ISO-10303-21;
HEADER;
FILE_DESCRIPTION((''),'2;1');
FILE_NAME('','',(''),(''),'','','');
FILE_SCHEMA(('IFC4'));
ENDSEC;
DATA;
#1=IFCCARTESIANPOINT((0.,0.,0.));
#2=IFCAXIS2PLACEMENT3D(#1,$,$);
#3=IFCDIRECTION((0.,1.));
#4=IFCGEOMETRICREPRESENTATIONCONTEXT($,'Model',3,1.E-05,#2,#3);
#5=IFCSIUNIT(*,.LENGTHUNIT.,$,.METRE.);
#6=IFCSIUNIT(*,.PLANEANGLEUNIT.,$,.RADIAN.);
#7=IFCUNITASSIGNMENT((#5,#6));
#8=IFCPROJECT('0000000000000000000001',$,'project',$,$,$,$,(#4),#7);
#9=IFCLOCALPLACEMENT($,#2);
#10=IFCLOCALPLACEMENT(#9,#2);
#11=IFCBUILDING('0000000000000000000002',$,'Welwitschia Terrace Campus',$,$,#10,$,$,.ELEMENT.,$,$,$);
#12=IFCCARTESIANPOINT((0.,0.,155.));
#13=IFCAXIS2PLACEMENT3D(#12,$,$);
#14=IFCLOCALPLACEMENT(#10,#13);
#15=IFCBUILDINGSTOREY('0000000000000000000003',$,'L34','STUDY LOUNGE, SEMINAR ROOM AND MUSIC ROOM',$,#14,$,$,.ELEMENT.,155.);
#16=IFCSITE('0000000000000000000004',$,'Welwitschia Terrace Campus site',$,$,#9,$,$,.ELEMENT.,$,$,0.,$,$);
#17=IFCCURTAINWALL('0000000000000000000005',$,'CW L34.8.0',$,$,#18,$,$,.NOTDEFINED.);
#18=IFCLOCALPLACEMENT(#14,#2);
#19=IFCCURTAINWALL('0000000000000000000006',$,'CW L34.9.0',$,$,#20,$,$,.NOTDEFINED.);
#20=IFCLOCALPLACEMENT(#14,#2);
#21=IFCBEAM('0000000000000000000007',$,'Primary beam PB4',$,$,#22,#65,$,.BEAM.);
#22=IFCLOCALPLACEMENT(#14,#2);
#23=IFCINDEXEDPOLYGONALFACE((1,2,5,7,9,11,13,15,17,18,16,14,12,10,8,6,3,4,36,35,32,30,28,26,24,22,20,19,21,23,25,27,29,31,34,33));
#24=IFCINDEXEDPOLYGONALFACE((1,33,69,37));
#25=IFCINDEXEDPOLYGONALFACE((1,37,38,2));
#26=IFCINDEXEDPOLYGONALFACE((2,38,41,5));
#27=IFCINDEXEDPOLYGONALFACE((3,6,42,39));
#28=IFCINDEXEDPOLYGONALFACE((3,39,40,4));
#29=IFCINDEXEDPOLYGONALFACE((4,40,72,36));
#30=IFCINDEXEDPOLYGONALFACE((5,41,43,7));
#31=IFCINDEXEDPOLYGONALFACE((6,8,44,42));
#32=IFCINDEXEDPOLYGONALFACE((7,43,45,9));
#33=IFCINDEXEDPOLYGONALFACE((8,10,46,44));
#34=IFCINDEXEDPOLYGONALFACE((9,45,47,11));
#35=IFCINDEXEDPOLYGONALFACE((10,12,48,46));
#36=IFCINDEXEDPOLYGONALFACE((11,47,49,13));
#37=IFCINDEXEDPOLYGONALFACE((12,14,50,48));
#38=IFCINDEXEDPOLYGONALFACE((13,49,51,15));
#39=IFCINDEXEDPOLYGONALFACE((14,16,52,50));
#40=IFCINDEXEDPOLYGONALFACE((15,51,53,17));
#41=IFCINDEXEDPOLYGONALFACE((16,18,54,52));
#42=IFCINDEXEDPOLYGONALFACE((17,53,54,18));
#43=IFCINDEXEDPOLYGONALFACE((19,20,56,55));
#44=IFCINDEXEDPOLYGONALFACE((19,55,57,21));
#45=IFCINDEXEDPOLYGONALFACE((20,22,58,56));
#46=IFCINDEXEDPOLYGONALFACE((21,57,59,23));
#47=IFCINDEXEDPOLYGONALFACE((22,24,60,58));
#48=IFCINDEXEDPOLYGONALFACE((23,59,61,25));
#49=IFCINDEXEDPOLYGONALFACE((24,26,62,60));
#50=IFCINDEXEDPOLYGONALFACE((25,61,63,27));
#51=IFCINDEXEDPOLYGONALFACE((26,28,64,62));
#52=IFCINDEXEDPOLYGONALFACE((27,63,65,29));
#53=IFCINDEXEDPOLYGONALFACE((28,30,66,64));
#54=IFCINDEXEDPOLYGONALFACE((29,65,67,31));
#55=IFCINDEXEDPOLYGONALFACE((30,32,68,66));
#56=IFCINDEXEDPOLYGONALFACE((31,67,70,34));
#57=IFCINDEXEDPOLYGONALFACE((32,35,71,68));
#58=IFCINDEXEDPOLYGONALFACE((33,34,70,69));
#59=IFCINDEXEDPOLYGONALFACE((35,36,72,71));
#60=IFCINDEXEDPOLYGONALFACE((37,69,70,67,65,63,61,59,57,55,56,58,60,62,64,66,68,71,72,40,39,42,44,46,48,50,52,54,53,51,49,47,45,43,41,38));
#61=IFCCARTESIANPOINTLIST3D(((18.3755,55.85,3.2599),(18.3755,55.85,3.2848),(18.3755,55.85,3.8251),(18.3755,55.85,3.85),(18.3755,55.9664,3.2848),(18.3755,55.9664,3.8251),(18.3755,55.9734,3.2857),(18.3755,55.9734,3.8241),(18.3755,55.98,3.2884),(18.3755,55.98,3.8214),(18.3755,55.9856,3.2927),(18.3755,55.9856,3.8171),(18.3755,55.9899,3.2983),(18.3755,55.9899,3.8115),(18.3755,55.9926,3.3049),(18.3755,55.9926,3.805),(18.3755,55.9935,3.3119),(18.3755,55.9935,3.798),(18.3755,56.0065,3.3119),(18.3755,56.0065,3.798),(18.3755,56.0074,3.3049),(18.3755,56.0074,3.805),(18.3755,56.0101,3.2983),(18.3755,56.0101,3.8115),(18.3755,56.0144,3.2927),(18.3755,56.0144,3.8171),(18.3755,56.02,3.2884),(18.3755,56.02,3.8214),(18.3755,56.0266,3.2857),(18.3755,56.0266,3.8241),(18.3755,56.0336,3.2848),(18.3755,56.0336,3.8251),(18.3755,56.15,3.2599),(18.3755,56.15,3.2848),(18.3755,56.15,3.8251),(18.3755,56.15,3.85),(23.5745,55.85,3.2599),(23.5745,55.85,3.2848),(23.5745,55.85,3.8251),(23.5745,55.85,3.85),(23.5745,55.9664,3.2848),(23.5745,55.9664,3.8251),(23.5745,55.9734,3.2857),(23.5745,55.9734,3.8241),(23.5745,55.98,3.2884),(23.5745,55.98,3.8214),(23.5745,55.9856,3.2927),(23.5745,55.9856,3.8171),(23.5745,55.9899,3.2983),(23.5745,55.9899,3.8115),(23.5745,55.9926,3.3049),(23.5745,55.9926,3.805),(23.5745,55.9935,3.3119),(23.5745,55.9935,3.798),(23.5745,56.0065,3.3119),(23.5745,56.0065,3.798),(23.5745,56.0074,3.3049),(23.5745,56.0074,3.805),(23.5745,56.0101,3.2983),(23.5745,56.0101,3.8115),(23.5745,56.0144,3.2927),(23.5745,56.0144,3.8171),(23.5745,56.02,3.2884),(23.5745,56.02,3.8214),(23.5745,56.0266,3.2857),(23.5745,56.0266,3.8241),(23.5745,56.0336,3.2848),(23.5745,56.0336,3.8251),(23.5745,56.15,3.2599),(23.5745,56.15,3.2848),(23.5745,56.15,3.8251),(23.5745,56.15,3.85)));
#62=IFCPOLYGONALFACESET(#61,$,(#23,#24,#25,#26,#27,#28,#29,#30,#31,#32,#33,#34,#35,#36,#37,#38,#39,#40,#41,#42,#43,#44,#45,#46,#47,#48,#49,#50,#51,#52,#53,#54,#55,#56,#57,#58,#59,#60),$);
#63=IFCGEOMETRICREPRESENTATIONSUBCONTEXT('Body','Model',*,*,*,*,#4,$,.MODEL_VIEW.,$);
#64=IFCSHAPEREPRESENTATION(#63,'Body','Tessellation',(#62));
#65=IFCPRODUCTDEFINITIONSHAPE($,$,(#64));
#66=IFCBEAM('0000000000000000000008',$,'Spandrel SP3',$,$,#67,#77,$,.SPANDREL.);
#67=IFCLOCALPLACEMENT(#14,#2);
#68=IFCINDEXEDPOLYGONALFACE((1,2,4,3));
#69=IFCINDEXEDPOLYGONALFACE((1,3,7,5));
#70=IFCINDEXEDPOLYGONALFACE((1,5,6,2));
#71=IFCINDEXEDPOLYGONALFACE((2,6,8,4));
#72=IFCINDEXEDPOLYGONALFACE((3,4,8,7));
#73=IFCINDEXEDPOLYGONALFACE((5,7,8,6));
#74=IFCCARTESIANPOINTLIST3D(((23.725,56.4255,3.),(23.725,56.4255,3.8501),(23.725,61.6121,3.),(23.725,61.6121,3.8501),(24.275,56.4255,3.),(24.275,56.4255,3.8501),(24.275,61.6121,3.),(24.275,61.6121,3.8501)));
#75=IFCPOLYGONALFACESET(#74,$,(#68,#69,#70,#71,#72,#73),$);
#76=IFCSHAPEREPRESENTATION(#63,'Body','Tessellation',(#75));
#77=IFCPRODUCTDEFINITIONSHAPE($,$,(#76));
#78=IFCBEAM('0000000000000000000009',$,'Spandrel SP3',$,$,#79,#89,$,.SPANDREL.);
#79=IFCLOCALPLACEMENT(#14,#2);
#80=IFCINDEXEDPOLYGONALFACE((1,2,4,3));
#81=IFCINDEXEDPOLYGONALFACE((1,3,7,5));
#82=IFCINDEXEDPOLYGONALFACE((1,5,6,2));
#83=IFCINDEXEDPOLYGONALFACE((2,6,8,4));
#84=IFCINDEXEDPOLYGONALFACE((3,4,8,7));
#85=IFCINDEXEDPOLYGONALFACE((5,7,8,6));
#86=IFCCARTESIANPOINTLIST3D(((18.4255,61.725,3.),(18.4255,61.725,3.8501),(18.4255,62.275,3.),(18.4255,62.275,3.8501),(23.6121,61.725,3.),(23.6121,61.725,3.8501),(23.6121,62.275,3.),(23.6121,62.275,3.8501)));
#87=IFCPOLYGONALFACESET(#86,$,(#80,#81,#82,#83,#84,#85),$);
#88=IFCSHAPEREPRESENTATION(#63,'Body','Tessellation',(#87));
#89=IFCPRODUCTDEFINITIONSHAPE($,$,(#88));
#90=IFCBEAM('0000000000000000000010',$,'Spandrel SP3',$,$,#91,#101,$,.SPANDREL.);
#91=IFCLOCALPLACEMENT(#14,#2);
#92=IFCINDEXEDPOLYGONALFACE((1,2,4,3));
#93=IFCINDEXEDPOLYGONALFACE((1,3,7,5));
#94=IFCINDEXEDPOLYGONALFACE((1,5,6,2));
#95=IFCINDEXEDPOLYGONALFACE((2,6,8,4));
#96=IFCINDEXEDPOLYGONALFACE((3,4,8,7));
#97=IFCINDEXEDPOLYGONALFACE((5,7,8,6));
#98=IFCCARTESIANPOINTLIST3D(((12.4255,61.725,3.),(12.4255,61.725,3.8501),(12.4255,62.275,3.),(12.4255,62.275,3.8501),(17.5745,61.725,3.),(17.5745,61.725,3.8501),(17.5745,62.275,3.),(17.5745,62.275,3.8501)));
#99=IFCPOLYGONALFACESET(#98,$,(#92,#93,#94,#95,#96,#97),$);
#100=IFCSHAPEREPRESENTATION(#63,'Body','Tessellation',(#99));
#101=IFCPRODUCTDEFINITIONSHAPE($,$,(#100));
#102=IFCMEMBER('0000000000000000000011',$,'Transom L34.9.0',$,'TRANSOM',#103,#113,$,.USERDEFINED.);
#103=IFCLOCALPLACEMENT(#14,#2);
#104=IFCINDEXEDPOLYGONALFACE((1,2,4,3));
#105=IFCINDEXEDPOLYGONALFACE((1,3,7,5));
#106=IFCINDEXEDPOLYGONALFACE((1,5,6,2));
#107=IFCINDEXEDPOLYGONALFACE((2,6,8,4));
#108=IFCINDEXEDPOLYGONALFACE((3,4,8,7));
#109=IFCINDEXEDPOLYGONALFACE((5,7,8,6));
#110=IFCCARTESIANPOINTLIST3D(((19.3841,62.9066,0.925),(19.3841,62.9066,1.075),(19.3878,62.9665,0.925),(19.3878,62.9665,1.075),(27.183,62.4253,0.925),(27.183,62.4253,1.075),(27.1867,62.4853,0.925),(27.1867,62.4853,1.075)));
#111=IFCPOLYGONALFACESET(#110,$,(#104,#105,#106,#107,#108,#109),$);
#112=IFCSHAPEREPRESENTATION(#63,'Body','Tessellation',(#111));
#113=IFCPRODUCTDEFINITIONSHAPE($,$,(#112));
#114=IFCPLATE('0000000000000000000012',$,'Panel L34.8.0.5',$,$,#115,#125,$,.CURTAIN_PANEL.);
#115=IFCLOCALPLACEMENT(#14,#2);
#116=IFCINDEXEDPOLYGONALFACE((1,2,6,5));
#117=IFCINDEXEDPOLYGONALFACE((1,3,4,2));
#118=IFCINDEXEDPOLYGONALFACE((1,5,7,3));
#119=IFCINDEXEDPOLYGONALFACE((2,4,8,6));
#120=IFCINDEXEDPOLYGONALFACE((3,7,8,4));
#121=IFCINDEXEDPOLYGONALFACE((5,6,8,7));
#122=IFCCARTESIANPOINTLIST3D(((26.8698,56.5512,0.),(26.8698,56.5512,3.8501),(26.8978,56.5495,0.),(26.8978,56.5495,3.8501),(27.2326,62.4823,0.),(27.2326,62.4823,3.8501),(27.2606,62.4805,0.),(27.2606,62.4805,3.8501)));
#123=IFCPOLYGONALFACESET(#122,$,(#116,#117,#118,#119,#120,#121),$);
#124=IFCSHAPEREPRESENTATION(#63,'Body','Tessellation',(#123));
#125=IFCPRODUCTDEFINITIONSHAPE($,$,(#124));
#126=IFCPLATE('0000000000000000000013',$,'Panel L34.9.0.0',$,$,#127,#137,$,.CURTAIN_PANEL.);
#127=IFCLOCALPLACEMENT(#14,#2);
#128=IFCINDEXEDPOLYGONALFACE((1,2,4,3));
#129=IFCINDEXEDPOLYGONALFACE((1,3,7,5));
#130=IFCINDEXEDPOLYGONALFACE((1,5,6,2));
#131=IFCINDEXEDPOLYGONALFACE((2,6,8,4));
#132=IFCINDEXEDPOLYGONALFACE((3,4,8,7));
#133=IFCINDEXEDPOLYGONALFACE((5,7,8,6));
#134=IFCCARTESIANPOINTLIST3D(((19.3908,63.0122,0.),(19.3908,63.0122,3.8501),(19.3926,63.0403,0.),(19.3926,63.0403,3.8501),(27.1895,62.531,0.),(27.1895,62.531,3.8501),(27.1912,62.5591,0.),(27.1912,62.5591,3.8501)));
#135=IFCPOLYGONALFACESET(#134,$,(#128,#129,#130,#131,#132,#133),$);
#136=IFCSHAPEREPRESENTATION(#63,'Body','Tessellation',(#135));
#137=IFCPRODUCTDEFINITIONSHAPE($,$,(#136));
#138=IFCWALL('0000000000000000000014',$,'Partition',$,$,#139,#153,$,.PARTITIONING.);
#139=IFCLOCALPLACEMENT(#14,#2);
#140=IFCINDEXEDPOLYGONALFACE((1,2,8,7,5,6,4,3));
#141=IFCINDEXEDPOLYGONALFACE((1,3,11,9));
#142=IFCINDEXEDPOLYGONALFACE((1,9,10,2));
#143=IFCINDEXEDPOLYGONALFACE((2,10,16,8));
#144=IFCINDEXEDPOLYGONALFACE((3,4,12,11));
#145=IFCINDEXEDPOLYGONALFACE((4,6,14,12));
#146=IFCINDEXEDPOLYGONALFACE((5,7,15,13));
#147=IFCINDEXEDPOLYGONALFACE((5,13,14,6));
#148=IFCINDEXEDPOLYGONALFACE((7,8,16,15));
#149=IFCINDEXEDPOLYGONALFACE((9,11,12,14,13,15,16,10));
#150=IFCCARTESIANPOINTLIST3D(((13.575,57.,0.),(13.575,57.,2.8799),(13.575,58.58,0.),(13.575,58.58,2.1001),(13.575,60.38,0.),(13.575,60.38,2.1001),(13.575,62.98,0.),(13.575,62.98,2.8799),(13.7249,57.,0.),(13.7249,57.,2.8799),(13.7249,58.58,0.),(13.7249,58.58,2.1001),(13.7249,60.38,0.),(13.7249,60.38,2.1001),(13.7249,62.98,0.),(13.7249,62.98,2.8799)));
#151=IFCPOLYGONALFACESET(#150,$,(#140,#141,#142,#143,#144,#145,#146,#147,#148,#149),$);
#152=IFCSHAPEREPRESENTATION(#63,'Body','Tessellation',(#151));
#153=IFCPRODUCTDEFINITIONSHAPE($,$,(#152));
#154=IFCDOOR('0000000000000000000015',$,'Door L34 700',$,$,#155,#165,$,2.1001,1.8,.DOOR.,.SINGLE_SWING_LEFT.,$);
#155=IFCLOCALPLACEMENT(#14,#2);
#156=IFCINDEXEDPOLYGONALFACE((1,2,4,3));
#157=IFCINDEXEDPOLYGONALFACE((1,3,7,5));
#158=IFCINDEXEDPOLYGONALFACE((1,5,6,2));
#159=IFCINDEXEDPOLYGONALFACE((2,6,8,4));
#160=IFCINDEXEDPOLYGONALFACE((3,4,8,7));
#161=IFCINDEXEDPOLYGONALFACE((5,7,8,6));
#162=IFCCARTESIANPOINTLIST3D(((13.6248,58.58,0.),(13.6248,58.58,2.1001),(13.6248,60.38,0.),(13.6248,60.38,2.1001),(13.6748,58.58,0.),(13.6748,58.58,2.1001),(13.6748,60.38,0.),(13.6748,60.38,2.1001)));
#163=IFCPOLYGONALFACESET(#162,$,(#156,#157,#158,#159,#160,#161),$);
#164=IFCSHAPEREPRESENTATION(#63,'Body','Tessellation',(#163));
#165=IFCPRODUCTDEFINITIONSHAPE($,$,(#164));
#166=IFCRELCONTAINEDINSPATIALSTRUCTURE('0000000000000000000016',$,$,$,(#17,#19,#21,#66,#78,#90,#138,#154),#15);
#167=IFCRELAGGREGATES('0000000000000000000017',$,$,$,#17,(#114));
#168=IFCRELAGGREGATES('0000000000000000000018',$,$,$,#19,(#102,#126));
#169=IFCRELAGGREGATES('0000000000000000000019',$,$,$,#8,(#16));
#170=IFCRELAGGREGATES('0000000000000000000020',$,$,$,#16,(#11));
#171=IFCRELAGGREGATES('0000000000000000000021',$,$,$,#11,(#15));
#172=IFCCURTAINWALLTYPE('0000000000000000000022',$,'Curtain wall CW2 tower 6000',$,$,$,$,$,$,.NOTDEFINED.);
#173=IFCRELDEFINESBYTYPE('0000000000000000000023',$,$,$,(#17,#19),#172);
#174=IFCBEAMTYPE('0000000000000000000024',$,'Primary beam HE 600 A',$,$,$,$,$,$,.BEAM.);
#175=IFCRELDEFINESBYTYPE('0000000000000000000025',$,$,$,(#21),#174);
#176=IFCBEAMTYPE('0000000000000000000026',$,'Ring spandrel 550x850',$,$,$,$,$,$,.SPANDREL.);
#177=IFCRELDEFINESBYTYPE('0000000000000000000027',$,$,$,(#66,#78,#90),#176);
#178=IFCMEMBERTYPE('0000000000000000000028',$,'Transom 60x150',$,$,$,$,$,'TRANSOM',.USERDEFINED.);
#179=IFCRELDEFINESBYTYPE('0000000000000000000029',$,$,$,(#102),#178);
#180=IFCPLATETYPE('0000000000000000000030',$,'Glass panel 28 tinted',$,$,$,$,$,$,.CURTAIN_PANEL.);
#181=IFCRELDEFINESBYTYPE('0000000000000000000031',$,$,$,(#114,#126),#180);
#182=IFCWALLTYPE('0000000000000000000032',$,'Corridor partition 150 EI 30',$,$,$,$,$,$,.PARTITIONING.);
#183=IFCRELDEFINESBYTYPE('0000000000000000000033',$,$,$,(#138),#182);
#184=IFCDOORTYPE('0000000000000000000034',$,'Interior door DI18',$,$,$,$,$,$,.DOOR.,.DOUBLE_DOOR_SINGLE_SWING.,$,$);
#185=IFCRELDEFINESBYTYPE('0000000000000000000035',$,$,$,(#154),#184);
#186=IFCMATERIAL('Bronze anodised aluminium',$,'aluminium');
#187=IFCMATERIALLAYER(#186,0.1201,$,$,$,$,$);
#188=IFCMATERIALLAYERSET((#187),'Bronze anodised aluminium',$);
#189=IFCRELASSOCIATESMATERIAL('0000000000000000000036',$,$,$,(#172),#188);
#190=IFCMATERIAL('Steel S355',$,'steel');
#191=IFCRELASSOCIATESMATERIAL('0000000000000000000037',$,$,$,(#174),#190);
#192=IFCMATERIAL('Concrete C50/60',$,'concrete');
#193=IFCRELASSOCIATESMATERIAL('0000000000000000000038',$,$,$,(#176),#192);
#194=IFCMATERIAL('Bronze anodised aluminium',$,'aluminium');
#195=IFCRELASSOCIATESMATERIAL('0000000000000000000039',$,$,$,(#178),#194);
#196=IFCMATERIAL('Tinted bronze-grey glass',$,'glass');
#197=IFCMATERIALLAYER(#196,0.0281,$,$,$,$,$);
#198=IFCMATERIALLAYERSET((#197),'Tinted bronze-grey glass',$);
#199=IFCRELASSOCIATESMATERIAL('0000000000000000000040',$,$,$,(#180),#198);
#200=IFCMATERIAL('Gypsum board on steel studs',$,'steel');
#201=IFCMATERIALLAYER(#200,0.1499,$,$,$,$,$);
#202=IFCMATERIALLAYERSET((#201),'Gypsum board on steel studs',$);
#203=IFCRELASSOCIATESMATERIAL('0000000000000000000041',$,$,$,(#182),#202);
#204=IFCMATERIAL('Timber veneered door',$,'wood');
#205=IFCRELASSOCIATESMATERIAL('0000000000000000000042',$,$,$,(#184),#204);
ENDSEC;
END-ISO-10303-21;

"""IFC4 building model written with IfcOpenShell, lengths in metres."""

from ifc_helpers import new_model, si_unit, direction, frame, frame_2d, origin, origin_2d, place, context, subcontext, project, spatial, rectangle, i_section, extrude, material, layer, layer_set, material_profile, profile_set, type_object, element, fill, aggregate, save


model = new_model("IFC4")

# Units and contexts
model_context = context("Model", 3, precision=1e-05, world=origin(), true_north=direction((0.0, 1.0)))
body_context = subcontext(model_context, "Body", "Model", "MODEL_VIEW")
ifc_project = project(units=[si_unit("LENGTHUNIT", "METRE"), si_unit("PLANEANGLEUNIT", "RADIAN")], contexts=[model_context])

# Site, building, storey
site_placement = place(None, origin())
site = spatial("IfcSite", under=ifc_project, at=site_placement, Name="Welwitschia Terrace Campus site", CompositionType="ELEMENT", RefElevation=0.0)
building_placement = place(site_placement, origin())
building = spatial("IfcBuilding", under=site, at=building_placement, Name="Welwitschia Terrace Campus", CompositionType="ELEMENT")
storey_placement = place(building_placement, frame((0.0, 0.0, 155.0)))
storey = spatial("IfcBuildingStorey", under=building, at=storey_placement, Name="L34", Description="STUDY LOUNGE, SEMINAR ROOM AND MUSIC ROOM", CompositionType="ELEMENT", Elevation=155.0)

# Curtain walls
ifc_material_1 = material(Name="Bronze anodised aluminium", Category="aluminium")
ifc_layer_1 = layer(ifc_material_1, 0.1201)
ifc_layer_set_1 = layer_set([ifc_layer_1], Name="Bronze anodised aluminium")
curtain_wall_type = type_object("IfcCurtainWallType", Name="Curtain wall CW2 tower 6000", PredefinedType="NOTDEFINED", material=ifc_layer_set_1)
curtain_wall_1_placement = place(storey_placement, origin())
curtain_wall_1 = element("IfcCurtainWall", 1, at=curtain_wall_1_placement, inside=storey, type_object=curtain_wall_type, Name="CW L34.8.0", PredefinedType="NOTDEFINED")
curtain_wall_2_placement = place(storey_placement, origin())
curtain_wall_2 = element("IfcCurtainWall", 2, at=curtain_wall_2_placement, inside=storey, type_object=curtain_wall_type, Name="CW L34.9.0", PredefinedType="NOTDEFINED")

# Beams
ifc_material_2 = material(Name="Steel S355", Category="steel")
ifc_material_profile_1 = material_profile(ifc_material_2, i_section(OverallWidth=0.3, OverallDepth=0.5901, WebThickness=0.0129, FlangeThickness=0.0249, FilletRadius=0.0271, at=origin_2d()))
ifc_profile_set_1 = profile_set([ifc_material_profile_1], Name="Steel S355")
beam_type_1 = type_object("IfcBeamType", Name="Primary beam HE 600 A", PredefinedType="BEAM", material=ifc_profile_set_1)
beam_1_placement = place(storey_placement, frame((23.5745, 56.0, 3.5549), z_axis=(-1.0, 0.0, 0.0), x_axis=(0.0, -1.0, 0.0)))
element("IfcBeam", 3, at=beam_1_placement, inside=storey, type_object=beam_type_1, Name="Primary beam PB4", PredefinedType="BEAM", context=body_context, shape_type="SweptSolid", body=[
    extrude(i_section(OverallWidth=0.3, OverallDepth=0.5901, WebThickness=0.0129, FlangeThickness=0.0249, FilletRadius=0.0271, at=origin_2d()), origin(), (0.0, 0.0, 1.0), 5.199),
])
ifc_material_3 = material(Name="Concrete C50/60", Category="concrete")
ifc_material_profile_2 = material_profile(ifc_material_3, rectangle(XDim=0.55, YDim=0.8501, at=origin_2d()))
ifc_profile_set_2 = profile_set([ifc_material_profile_2], Name="Concrete C50/60")
beam_type_2 = type_object("IfcBeamType", Name="Ring spandrel 550x850", PredefinedType="SPANDREL", material=ifc_profile_set_2)
for number, where, z_axis, x_axis, name in (
    (4, (24.0, 56.4255, 3.425), (0.0, 1.0, 0.0), (-1.0, 0.0, 0.0), "Spandrel SP3"),
    (5, (23.6121, 62.0, 3.425), (-1.0, 0.0, 0.0), (0.0, -1.0, 0.0), "Spandrel SP3"),
):
    element("IfcBeam", number, at=place(storey_placement, frame(where, z_axis=z_axis, x_axis=x_axis)), inside=storey, type_object=beam_type_2, Name=name, PredefinedType="SPANDREL", context=body_context, shape_type="SweptSolid", body=[
        extrude(rectangle(XDim=0.55, YDim=0.8501, at=origin_2d()), origin(), (0.0, 0.0, 1.0), 5.1865),
    ])
beam_2_placement = place(storey_placement, frame((17.5745, 62.0, 3.425), z_axis=(-1.0, 0.0, 0.0), x_axis=(0.0, -1.0, 0.0)))
element("IfcBeam", 6, at=beam_2_placement, inside=storey, type_object=beam_type_2, Name="Spandrel SP3", PredefinedType="SPANDREL", context=body_context, shape_type="SweptSolid", body=[
    extrude(rectangle(XDim=0.55, YDim=0.8501, at=origin_2d()), origin(), (0.0, 0.0, 1.0), 5.1489),
])

# Member
ifc_material_4 = material(Name="Bronze anodised aluminium", Category="aluminium")
ifc_material_profile_3 = material_profile(ifc_material_4, rectangle(XDim=0.0601, YDim=0.1499, at=origin_2d()))
ifc_profile_set_3 = profile_set([ifc_material_profile_3], Name="Bronze anodised aluminium")
member_type_1 = type_object("IfcMemberType", Name="Transom 60x150", ElementType="TRANSOM", PredefinedType="USERDEFINED", material=ifc_profile_set_3)
member_1_placement = place(storey_placement, frame((27.1848, 62.4553, 1.0), z_axis=(-0.998102, 0.061585, 0.0), x_axis=(-0.061585, -0.998102, 0.0)))
member_1 = element("IfcMember", 7, at=member_1_placement, type_object=member_type_1, Name="Transom L34.9.0", ObjectType="TRANSOM", PredefinedType="USERDEFINED", context=body_context, shape_type="SweptSolid", body=[
    extrude(rectangle(XDim=0.0601, YDim=0.1499, at=origin_2d()), origin(), (0.0, 0.0, 1.0), 7.8137),
])

# Plates
ifc_material_5 = material(Name="Tinted bronze-grey glass", Category="glass")
ifc_layer_2 = layer(ifc_material_5, 0.0281)
ifc_layer_set_2 = layer_set([ifc_layer_2], Name="Tinted bronze-grey glass")
plate_type = type_object("IfcPlateType", Name="Glass panel 28 tinted", PredefinedType="CURTAIN_PANEL", material=ifc_layer_set_2)
plate_1_placement = place(storey_placement, frame((27.0652, 59.5159, 0.0), z_axis=(0.0, 0.0, 1.0), x_axis=(0.061049, 0.998135, 0.0)))
plate_1 = element("IfcPlate", 8, at=plate_1_placement, type_object=plate_type, Name="Panel L34.8.0.5", PredefinedType="CURTAIN_PANEL", context=body_context, shape_type="SweptSolid", body=[
    extrude(rectangle(XDim=5.9421, YDim=0.0281, at=origin_2d()), origin(), (0.0, 0.0, 1.0), 3.8501),
])
aggregate(curtain_wall_1, [plate_1])
plate_2_placement = place(storey_placement, frame((23.291, 62.7856, 0.0), z_axis=(0.0, 0.0, 1.0), x_axis=(-0.998102, 0.061586, 0.0)))
plate_2 = element("IfcPlate", 9, at=plate_2_placement, type_object=plate_type, Name="Panel L34.9.0.0", PredefinedType="CURTAIN_PANEL", context=body_context, shape_type="SweptSolid", body=[
    extrude(rectangle(XDim=7.8135, YDim=0.0281, at=origin_2d()), origin(), (0.0, 0.0, 1.0), 3.8501),
])
aggregate(curtain_wall_2, [member_1, plate_2])

# Wall, opening, door
ifc_material_6 = material(Name="Gypsum board on steel studs", Category="steel")
ifc_layer_3 = layer(ifc_material_6, 0.1499)
ifc_layer_set_3 = layer_set([ifc_layer_3], Name="Gypsum board on steel studs")
wall_type_1 = type_object("IfcWallType", Name="Corridor partition 150 EI 30", PredefinedType="PARTITIONING", material=ifc_layer_set_3)
wall_1_placement = place(storey_placement, frame((13.6499, 62.98, 0.0), z_axis=(0.0, 0.0, 1.0), x_axis=(0.0, -1.0, 0.0)))
wall_1 = element("IfcWall", 10, at=wall_1_placement, inside=storey, type_object=wall_type_1, Name="Partition", PredefinedType="PARTITIONING", context=body_context, shape_type="SweptSolid", body=[
    extrude(rectangle(XDim=5.98, YDim=0.1499, at=frame_2d((2.99, 0.0))), origin(), (0.0, 0.0, 1.0), 2.8799),
])
opening_1_placement = place(wall_1_placement, frame((2.6001, 0.0, 0.0)))
opening_1 = element("IfcOpeningElement", 11, at=opening_1_placement, cuts=wall_1, PredefinedType="OPENING", context=body_context, shape_type="SweptSolid", body=[
    extrude(rectangle(XDim=1.8, YDim=2.1001, at=frame_2d((0.8999, 1.05))), frame((0.0, 0.085, 0.0), z_axis=(0.0, -1.0, 0.0), x_axis=(1.0, 0.0, 0.0)), (0.0, 0.0, 1.0), 0.1699),
])
ifc_material_7 = material(Name="Timber veneered door", Category="wood")
door_type_1 = type_object("IfcDoorType", Name="Interior door DI18", OperationType="DOUBLE_DOOR_SINGLE_SWING", PredefinedType="DOOR", material=ifc_material_7)
door_1_placement = place(opening_1_placement, origin())
door_1 = element("IfcDoor", 12, at=door_1_placement, inside=storey, type_object=door_type_1, Name="Door L34 700", OperationType="SINGLE_SWING_LEFT", OverallHeight=2.1001, OverallWidth=1.8, PredefinedType="DOOR", context=body_context, shape_type="SweptSolid", body=[
    extrude(rectangle(XDim=1.8, YDim=2.1001, at=frame_2d((0.8999, 1.05))), frame((0.0, 0.0249, 0.0), z_axis=(0.0, -1.0, 0.0), x_axis=(1.0, 0.0, 0.0)), (0.0, 0.0, 1.0), 0.05),
])
fill(opening_1, door_1)

save(model, "model.ifc")
